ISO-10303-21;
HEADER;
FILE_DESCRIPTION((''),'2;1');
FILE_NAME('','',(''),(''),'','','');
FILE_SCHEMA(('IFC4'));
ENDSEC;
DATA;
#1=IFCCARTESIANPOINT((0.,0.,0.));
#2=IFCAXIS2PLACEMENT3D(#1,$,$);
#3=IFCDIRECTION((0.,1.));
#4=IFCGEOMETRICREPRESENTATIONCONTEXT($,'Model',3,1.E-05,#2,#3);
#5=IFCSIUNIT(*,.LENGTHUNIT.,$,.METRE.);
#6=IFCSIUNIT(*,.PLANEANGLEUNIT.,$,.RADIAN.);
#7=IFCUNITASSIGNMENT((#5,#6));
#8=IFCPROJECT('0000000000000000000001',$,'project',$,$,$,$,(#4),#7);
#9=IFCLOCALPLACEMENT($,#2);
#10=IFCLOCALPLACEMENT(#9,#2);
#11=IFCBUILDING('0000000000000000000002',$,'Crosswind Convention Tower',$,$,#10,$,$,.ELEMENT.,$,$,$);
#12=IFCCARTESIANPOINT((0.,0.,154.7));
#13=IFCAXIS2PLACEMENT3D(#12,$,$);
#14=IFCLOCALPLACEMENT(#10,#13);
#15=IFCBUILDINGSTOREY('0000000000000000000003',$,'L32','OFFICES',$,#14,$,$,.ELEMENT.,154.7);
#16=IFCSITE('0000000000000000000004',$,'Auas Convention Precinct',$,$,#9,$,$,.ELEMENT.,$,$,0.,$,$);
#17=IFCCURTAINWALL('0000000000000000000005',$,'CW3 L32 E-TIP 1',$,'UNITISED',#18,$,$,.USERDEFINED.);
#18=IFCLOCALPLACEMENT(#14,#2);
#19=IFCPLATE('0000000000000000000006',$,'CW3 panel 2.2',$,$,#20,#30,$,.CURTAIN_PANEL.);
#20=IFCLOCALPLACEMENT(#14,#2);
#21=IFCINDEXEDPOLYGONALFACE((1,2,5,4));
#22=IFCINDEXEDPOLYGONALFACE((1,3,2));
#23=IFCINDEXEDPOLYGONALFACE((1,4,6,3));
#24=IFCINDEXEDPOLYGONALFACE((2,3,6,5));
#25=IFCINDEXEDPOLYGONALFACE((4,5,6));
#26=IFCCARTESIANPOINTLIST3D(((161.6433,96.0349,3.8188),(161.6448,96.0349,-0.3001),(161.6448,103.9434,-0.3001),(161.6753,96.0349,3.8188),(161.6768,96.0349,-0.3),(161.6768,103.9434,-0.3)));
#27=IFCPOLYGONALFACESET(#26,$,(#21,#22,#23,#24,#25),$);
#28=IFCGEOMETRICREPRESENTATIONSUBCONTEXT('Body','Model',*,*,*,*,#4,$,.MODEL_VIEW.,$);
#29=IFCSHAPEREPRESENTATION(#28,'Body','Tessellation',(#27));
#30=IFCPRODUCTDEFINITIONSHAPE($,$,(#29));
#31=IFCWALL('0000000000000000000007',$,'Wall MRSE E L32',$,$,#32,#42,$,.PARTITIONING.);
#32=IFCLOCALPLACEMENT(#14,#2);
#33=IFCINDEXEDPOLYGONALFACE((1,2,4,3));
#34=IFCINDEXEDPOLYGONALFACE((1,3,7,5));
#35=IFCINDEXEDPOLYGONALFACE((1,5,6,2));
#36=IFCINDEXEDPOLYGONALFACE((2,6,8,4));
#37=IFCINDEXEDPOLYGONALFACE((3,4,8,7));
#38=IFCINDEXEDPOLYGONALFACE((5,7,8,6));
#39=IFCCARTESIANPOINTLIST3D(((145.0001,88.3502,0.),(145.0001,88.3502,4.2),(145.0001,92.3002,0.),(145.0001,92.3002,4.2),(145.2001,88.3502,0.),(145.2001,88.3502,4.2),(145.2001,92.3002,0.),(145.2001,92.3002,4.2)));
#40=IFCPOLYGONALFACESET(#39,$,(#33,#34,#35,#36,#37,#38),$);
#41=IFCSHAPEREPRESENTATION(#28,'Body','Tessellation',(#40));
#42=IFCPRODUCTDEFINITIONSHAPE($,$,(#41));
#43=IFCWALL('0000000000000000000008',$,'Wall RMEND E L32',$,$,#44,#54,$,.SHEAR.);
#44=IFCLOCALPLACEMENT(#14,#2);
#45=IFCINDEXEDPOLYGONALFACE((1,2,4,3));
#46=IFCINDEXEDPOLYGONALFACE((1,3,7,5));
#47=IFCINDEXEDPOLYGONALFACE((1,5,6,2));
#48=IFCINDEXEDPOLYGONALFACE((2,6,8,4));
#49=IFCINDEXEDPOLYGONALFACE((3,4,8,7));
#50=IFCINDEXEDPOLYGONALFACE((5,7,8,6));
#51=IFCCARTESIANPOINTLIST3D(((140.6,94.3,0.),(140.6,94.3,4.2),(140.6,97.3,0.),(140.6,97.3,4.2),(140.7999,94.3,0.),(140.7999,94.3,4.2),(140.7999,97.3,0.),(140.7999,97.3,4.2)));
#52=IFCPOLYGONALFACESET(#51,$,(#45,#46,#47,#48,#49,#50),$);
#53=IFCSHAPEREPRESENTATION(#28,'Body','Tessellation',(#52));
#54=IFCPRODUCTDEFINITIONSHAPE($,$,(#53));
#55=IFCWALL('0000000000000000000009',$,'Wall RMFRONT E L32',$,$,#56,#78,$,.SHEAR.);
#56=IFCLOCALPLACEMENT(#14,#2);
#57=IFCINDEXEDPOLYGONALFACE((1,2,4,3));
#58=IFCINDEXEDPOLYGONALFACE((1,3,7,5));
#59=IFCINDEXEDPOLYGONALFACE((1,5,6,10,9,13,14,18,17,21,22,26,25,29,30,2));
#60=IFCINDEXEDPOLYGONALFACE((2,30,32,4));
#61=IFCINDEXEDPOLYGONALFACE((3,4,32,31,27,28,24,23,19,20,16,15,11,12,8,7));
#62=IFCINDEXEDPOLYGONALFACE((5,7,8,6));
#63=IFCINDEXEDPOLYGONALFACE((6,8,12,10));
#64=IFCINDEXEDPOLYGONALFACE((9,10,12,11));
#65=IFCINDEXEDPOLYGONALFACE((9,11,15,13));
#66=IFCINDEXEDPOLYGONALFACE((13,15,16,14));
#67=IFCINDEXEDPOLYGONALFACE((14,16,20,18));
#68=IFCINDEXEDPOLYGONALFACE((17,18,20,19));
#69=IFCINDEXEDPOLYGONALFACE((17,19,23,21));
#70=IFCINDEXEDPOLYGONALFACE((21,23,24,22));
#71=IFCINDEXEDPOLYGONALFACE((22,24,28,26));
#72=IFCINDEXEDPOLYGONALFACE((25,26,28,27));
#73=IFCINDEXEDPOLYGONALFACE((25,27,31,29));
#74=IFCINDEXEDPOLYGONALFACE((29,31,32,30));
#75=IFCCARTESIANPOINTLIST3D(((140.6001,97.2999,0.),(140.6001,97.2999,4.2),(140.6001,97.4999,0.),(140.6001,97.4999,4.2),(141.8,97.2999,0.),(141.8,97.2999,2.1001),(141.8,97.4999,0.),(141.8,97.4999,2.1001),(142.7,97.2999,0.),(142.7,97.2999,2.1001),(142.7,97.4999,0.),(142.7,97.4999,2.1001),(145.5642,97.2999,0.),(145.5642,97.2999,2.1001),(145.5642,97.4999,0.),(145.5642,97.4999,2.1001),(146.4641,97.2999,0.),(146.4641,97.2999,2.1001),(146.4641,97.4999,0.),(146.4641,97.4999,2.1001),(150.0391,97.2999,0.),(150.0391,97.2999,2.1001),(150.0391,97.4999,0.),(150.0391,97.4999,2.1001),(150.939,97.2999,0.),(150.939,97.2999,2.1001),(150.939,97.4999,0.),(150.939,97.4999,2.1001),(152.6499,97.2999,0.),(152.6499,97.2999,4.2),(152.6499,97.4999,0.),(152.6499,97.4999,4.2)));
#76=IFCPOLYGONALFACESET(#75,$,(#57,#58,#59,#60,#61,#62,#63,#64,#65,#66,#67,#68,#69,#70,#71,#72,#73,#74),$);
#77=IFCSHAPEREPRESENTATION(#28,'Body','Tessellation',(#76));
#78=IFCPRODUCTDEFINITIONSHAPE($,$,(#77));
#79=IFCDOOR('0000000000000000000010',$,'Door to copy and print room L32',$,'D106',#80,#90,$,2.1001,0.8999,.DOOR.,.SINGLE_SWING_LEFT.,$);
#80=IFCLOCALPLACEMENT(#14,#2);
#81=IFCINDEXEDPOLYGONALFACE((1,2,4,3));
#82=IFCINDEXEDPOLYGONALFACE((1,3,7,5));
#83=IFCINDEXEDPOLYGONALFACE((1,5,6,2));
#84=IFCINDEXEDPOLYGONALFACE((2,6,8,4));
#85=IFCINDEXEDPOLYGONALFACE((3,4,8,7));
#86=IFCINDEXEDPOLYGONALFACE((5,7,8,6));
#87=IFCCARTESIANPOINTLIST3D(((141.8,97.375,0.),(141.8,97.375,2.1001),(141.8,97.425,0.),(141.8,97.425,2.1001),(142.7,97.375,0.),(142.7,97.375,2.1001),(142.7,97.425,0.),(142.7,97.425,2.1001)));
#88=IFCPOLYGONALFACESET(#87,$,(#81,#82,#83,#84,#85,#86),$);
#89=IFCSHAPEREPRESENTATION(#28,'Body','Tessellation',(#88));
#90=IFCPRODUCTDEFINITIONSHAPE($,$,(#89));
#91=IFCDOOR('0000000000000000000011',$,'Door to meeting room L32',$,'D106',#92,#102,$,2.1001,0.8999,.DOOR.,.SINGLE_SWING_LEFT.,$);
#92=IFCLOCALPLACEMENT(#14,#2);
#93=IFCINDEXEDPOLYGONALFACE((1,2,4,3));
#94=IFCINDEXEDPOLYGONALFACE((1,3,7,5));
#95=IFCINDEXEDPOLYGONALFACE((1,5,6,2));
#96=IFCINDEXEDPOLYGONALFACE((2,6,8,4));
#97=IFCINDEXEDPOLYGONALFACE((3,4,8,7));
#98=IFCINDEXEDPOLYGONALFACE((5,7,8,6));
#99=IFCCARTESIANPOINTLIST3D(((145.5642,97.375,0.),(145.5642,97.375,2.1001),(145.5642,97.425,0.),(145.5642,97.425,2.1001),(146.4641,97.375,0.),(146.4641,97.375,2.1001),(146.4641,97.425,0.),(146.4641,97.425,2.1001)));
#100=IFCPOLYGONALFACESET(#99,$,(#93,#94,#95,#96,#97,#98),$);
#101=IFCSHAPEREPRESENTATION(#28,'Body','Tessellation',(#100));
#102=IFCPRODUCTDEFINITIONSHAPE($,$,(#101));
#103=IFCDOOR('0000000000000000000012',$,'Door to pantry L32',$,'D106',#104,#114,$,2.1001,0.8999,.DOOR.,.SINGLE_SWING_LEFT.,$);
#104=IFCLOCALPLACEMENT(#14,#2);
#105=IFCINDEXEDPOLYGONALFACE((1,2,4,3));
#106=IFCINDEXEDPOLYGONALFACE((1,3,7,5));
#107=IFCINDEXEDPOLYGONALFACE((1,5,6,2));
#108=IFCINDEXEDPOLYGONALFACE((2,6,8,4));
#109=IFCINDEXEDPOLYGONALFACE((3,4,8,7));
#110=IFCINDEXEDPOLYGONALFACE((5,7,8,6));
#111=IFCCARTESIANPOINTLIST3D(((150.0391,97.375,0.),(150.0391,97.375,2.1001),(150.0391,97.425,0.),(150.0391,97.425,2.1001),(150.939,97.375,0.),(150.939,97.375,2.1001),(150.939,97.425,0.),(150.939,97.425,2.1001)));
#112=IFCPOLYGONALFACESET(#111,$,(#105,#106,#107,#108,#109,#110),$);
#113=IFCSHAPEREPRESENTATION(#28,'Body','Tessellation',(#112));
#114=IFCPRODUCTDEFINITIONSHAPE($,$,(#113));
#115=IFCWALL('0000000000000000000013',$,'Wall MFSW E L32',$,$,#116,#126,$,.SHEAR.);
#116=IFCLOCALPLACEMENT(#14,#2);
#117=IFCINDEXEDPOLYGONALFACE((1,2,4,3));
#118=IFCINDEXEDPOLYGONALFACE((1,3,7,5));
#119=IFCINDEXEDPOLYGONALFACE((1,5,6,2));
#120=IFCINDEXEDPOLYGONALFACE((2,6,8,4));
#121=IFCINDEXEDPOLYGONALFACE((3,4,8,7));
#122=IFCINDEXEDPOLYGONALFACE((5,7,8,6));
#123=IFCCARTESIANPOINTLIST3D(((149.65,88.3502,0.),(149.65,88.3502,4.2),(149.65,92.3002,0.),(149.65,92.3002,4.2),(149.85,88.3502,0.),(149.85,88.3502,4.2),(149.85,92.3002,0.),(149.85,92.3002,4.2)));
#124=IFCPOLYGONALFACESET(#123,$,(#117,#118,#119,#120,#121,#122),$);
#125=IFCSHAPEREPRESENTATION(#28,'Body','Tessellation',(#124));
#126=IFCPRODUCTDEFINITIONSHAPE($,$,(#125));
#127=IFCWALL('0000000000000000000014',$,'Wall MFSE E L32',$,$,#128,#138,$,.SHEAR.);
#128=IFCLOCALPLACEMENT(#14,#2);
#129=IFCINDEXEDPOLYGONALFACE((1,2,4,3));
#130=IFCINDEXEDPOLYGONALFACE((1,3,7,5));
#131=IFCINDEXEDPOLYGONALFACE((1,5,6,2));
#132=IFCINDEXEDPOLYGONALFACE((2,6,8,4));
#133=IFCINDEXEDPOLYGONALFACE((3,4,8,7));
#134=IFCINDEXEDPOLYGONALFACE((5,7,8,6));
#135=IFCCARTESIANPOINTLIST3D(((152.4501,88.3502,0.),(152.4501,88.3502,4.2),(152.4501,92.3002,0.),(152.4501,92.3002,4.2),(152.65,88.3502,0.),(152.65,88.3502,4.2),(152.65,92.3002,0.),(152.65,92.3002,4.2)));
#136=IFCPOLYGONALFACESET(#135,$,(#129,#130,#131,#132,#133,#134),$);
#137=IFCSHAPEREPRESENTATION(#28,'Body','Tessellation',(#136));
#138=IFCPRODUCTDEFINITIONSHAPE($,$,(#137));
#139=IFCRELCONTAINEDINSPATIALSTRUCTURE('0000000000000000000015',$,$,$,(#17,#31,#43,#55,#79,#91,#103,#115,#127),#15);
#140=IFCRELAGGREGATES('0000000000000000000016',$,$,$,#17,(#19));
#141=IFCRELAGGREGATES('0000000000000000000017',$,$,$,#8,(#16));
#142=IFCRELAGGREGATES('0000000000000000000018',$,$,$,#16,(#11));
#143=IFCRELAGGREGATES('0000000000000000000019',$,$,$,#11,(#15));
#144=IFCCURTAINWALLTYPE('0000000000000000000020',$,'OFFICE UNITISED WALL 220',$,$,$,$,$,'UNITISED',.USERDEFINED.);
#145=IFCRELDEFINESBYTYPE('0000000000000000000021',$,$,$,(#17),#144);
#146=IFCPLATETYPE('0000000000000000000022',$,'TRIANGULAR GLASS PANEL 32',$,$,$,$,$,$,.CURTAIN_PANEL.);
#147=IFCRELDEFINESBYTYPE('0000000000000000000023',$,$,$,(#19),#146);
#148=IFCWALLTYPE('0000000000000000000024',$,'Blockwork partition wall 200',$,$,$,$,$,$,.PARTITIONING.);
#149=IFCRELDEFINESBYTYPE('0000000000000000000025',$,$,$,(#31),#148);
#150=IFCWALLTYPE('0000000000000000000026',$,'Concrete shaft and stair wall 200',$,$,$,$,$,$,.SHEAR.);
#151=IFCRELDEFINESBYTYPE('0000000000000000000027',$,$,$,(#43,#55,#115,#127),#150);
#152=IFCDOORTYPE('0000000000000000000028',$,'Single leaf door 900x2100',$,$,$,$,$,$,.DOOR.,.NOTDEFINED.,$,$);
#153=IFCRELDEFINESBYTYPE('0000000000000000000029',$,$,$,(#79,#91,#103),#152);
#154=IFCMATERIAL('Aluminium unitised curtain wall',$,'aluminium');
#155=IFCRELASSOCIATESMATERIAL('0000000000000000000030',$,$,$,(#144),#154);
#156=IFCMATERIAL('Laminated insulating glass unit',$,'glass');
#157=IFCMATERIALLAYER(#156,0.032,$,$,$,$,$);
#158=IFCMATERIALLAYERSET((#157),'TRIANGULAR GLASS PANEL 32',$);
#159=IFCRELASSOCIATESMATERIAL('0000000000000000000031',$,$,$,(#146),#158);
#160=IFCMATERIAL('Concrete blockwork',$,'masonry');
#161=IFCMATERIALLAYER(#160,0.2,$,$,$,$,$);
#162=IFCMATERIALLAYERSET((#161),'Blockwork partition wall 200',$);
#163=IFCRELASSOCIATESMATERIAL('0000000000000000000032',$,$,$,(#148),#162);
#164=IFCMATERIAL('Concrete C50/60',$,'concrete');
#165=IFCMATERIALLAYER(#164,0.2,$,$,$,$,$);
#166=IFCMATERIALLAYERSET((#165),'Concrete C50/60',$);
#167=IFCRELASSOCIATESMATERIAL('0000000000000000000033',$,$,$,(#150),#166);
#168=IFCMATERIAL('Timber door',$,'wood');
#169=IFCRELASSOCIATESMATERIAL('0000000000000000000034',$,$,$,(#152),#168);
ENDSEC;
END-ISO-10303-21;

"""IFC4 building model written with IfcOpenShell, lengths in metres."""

from ifc_helpers import new_model, si_unit, direction, frame, frame_2d, origin, place, context, subcontext, project, spatial, polyline, rectangle, outline, extrude, material, layer, layer_set, type_object, element, fill, aggregate, save


model = new_model("IFC4")

# Units and contexts
model_context = context("Model", 3, precision=1e-05, world=origin(), true_north=direction((0.0, 1.0)))
body_context = subcontext(model_context, "Body", "Model", "MODEL_VIEW")
ifc_project = project(units=[si_unit("LENGTHUNIT", "METRE"), si_unit("PLANEANGLEUNIT", "RADIAN")], contexts=[model_context])

# Site, building, storey
site_placement = place(None, origin())
site = spatial("IfcSite", under=ifc_project, at=site_placement, Name="Auas Convention Precinct", CompositionType="ELEMENT", RefElevation=0.0)
building_placement = place(site_placement, origin())
building = spatial("IfcBuilding", under=site, at=building_placement, Name="Crosswind Convention Tower", CompositionType="ELEMENT")
storey_placement = place(building_placement, frame((0.0, 0.0, 154.7)))
storey = spatial("IfcBuildingStorey", under=building, at=storey_placement, Name="L32", Description="OFFICES", CompositionType="ELEMENT", Elevation=154.7)

# Curtain wall
ifc_material_1 = material(Name="Aluminium unitised curtain wall", Category="aluminium")
curtain_wall_type = type_object("IfcCurtainWallType", Name="OFFICE UNITISED WALL 220", ElementType="UNITISED", PredefinedType="USERDEFINED", material=ifc_material_1)
curtain_wall_placement = place(storey_placement, origin())
curtain_wall = element("IfcCurtainWall", 1, at=curtain_wall_placement, inside=storey, type_object=curtain_wall_type, Name="CW3 L32 E-TIP 1", ObjectType="UNITISED", PredefinedType="USERDEFINED")

# Plate
ifc_material_2 = material(Name="Laminated insulating glass unit", Category="glass")
ifc_layer_1 = layer(ifc_material_2, 0.032)
ifc_layer_set_1 = layer_set([ifc_layer_1], Name="TRIANGULAR GLASS PANEL 32")
plate_type = type_object("IfcPlateType", Name="TRIANGULAR GLASS PANEL 32", PredefinedType="CURTAIN_PANEL", material=ifc_layer_set_1)
plate_1_placement = place(storey_placement, frame((161.6768, 96.0349, -0.3), z_axis=(1.0, 0.0, 0.000356), x_axis=(0.0, 1.0, 0.0)))
plate_1 = element("IfcPlate", 2, at=plate_1_placement, type_object=plate_type, Name="CW3 panel 2.2", PredefinedType="CURTAIN_PANEL", context=body_context, shape_type="SweptSolid", body=[
    extrude(outline(polyline([(0.0, 0.0), (7.9084, 0.0), (0.0, 4.1189), (0.0, 0.0)])), origin(), (0.0, 0.0, -1.0), 0.032),
])
aggregate(curtain_wall, [plate_1])

# Wall
ifc_material_3 = material(Name="Concrete blockwork", Category="masonry")
ifc_layer_2 = layer(ifc_material_3, 0.2)
ifc_layer_set_2 = layer_set([ifc_layer_2], Name="Blockwork partition wall 200")
wall_type_1 = type_object("IfcWallType", Name="Blockwork partition wall 200", PredefinedType="PARTITIONING", material=ifc_layer_set_2)
wall_1_placement = place(storey_placement, frame((145.1001, 88.3501, 0.0), z_axis=(0.0, 0.0, 1.0), x_axis=(0.0, 1.0, 0.0)))
element("IfcWall", 3, at=wall_1_placement, inside=storey, type_object=wall_type_1, Name="Wall MRSE E L32", PredefinedType="PARTITIONING", context=body_context, shape_type="SweptSolid", body=[
    extrude(rectangle(XDim=3.95, YDim=0.2, at=frame_2d((1.9751, 0.0))), origin(), (0.0, 0.0, 1.0), 4.2),
])

# Wall
ifc_material_4 = material(Name="Concrete C50/60", Category="concrete")
ifc_layer_3 = layer(ifc_material_4, 0.2)
ifc_layer_set_3 = layer_set([ifc_layer_3], Name="Concrete C50/60")
wall_type_2 = type_object("IfcWallType", Name="Concrete shaft and stair wall 200", PredefinedType="SHEAR", material=ifc_layer_set_3)
wall_2_placement = place(storey_placement, frame((140.7, 94.3, 0.0), z_axis=(0.0, 0.0, 1.0), x_axis=(0.0, 1.0, 0.0)))
element("IfcWall", 4, at=wall_2_placement, inside=storey, type_object=wall_type_2, Name="Wall RMEND E L32", PredefinedType="SHEAR", context=body_context, shape_type="SweptSolid", body=[
    extrude(rectangle(XDim=3.0, YDim=0.2, at=frame_2d((1.5, 0.0))), origin(), (0.0, 0.0, 1.0), 4.2),
])

# Wall, openings, doors
wall_3_placement = place(storey_placement, frame((140.6001, 97.3999, 0.0), z_axis=(0.0, 0.0, 1.0), x_axis=(1.0, 0.0, 0.0)))
wall_3 = element("IfcWall", 5, at=wall_3_placement, inside=storey, type_object=wall_type_2, Name="Wall RMFRONT E L32", PredefinedType="SHEAR", context=body_context, shape_type="SweptSolid", body=[
    extrude(rectangle(XDim=12.0498, YDim=0.2, at=frame_2d((6.0249, 0.0))), origin(), (0.0, 0.0, 1.0), 4.2),
])
opening_1_placement = place(wall_3_placement, frame((1.2, 0.0, 0.0)))
opening_1 = element("IfcOpeningElement", 6, at=opening_1_placement, cuts=wall_3, PredefinedType="OPENING", context=body_context, shape_type="SweptSolid", body=[
    extrude(rectangle(XDim=0.8999, YDim=2.1001, at=frame_2d((0.45, 1.05))), frame((0.0, 0.1099, 0.0), z_axis=(0.0, -1.0, 0.0), x_axis=(1.0, 0.0, 0.0)), (0.0, 0.0, 1.0), 0.22),
])
opening_2_placement = place(wall_3_placement, frame((4.9641, 0.0, 0.0)))
opening_2 = element("IfcOpeningElement", 7, at=opening_2_placement, cuts=wall_3, PredefinedType="OPENING", context=body_context, shape_type="SweptSolid", body=[
    extrude(rectangle(XDim=0.8999, YDim=2.1001, at=frame_2d((0.45, 1.05))), frame((0.0, 0.1099, 0.0), z_axis=(0.0, -1.0, 0.0), x_axis=(1.0, 0.0, 0.0)), (0.0, 0.0, 1.0), 0.22),
])
opening_3_placement = place(wall_3_placement, frame((9.439, 0.0, 0.0)))
opening_3 = element("IfcOpeningElement", 8, at=opening_3_placement, cuts=wall_3, PredefinedType="OPENING", context=body_context, shape_type="SweptSolid", body=[
    extrude(rectangle(XDim=0.8999, YDim=2.1001, at=frame_2d((0.45, 1.05))), frame((0.0, 0.1099, 0.0), z_axis=(0.0, -1.0, 0.0), x_axis=(1.0, 0.0, 0.0)), (0.0, 0.0, 1.0), 0.22),
])
ifc_material_5 = material(Name="Timber door", Category="wood")
door_type_1 = type_object("IfcDoorType", Name="Single leaf door 900x2100", OperationType="NOTDEFINED", PredefinedType="DOOR", material=ifc_material_5)
door_1_placement = place(opening_1_placement, frame((0.8999, 0.0, 0.0), z_axis=(0.0, 0.0, 1.0), x_axis=(-1.0, 0.0, 0.0)))
door_1 = element("IfcDoor", 9, at=door_1_placement, inside=storey, type_object=door_type_1, Name="Door to copy and print room L32", ObjectType="D106", OperationType="SINGLE_SWING_LEFT", OverallHeight=2.1001, OverallWidth=0.8999, PredefinedType="DOOR", context=body_context, shape_type="SweptSolid", body=[
    extrude(rectangle(XDim=0.8999, YDim=2.1001, at=frame_2d((0.45, 1.05))), frame((0.0, 0.0249, 0.0), z_axis=(0.0, -1.0, 0.0), x_axis=(1.0, 0.0, 0.0)), (0.0, 0.0, 1.0), 0.05),
])
fill(opening_1, door_1)
door_2_placement = place(opening_2_placement, frame((0.8999, 0.0, 0.0), z_axis=(0.0, 0.0, 1.0), x_axis=(-1.0, 0.0, 0.0)))
door_2 = element("IfcDoor", 10, at=door_2_placement, inside=storey, type_object=door_type_1, Name="Door to meeting room L32", ObjectType="D106", OperationType="SINGLE_SWING_LEFT", OverallHeight=2.1001, OverallWidth=0.8999, PredefinedType="DOOR", context=body_context, shape_type="SweptSolid", body=[
    extrude(rectangle(XDim=0.8999, YDim=2.1001, at=frame_2d((0.45, 1.05))), frame((0.0, 0.0249, 0.0), z_axis=(0.0, -1.0, 0.0), x_axis=(1.0, 0.0, 0.0)), (0.0, 0.0, 1.0), 0.05),
])
fill(opening_2, door_2)
door_3_placement = place(opening_3_placement, frame((0.8999, 0.0, 0.0), z_axis=(0.0, 0.0, 1.0), x_axis=(-1.0, 0.0, 0.0)))
door_3 = element("IfcDoor", 11, at=door_3_placement, inside=storey, type_object=door_type_1, Name="Door to pantry L32", ObjectType="D106", OperationType="SINGLE_SWING_LEFT", OverallHeight=2.1001, OverallWidth=0.8999, PredefinedType="DOOR", context=body_context, shape_type="SweptSolid", body=[
    extrude(rectangle(XDim=0.8999, YDim=2.1001, at=frame_2d((0.45, 1.05))), frame((0.0, 0.0249, 0.0), z_axis=(0.0, -1.0, 0.0), x_axis=(1.0, 0.0, 0.0)), (0.0, 0.0, 1.0), 0.05),
])
fill(opening_3, door_3)

# Walls
for number, where, z_axis, x_axis, name in (
    (12, (149.75, 88.3501, 0.0), (0.0, 0.0, 1.0), (0.0, 1.0, 0.0), "Wall MFSW E L32"),
    (13, (152.55, 88.3501, 0.0), (0.0, 0.0, 1.0), (0.0, 1.0, 0.0), "Wall MFSE E L32"),
):
    element("IfcWall", number, at=place(storey_placement, frame(where, z_axis=z_axis, x_axis=x_axis)), inside=storey, type_object=wall_type_2, Name=name, PredefinedType="SHEAR", context=body_context, shape_type="SweptSolid", body=[
        extrude(rectangle(XDim=3.95, YDim=0.2, at=frame_2d((1.9751, 0.0))), origin(), (0.0, 0.0, 1.0), 4.2),
    ])

save(model, "model.ifc")
